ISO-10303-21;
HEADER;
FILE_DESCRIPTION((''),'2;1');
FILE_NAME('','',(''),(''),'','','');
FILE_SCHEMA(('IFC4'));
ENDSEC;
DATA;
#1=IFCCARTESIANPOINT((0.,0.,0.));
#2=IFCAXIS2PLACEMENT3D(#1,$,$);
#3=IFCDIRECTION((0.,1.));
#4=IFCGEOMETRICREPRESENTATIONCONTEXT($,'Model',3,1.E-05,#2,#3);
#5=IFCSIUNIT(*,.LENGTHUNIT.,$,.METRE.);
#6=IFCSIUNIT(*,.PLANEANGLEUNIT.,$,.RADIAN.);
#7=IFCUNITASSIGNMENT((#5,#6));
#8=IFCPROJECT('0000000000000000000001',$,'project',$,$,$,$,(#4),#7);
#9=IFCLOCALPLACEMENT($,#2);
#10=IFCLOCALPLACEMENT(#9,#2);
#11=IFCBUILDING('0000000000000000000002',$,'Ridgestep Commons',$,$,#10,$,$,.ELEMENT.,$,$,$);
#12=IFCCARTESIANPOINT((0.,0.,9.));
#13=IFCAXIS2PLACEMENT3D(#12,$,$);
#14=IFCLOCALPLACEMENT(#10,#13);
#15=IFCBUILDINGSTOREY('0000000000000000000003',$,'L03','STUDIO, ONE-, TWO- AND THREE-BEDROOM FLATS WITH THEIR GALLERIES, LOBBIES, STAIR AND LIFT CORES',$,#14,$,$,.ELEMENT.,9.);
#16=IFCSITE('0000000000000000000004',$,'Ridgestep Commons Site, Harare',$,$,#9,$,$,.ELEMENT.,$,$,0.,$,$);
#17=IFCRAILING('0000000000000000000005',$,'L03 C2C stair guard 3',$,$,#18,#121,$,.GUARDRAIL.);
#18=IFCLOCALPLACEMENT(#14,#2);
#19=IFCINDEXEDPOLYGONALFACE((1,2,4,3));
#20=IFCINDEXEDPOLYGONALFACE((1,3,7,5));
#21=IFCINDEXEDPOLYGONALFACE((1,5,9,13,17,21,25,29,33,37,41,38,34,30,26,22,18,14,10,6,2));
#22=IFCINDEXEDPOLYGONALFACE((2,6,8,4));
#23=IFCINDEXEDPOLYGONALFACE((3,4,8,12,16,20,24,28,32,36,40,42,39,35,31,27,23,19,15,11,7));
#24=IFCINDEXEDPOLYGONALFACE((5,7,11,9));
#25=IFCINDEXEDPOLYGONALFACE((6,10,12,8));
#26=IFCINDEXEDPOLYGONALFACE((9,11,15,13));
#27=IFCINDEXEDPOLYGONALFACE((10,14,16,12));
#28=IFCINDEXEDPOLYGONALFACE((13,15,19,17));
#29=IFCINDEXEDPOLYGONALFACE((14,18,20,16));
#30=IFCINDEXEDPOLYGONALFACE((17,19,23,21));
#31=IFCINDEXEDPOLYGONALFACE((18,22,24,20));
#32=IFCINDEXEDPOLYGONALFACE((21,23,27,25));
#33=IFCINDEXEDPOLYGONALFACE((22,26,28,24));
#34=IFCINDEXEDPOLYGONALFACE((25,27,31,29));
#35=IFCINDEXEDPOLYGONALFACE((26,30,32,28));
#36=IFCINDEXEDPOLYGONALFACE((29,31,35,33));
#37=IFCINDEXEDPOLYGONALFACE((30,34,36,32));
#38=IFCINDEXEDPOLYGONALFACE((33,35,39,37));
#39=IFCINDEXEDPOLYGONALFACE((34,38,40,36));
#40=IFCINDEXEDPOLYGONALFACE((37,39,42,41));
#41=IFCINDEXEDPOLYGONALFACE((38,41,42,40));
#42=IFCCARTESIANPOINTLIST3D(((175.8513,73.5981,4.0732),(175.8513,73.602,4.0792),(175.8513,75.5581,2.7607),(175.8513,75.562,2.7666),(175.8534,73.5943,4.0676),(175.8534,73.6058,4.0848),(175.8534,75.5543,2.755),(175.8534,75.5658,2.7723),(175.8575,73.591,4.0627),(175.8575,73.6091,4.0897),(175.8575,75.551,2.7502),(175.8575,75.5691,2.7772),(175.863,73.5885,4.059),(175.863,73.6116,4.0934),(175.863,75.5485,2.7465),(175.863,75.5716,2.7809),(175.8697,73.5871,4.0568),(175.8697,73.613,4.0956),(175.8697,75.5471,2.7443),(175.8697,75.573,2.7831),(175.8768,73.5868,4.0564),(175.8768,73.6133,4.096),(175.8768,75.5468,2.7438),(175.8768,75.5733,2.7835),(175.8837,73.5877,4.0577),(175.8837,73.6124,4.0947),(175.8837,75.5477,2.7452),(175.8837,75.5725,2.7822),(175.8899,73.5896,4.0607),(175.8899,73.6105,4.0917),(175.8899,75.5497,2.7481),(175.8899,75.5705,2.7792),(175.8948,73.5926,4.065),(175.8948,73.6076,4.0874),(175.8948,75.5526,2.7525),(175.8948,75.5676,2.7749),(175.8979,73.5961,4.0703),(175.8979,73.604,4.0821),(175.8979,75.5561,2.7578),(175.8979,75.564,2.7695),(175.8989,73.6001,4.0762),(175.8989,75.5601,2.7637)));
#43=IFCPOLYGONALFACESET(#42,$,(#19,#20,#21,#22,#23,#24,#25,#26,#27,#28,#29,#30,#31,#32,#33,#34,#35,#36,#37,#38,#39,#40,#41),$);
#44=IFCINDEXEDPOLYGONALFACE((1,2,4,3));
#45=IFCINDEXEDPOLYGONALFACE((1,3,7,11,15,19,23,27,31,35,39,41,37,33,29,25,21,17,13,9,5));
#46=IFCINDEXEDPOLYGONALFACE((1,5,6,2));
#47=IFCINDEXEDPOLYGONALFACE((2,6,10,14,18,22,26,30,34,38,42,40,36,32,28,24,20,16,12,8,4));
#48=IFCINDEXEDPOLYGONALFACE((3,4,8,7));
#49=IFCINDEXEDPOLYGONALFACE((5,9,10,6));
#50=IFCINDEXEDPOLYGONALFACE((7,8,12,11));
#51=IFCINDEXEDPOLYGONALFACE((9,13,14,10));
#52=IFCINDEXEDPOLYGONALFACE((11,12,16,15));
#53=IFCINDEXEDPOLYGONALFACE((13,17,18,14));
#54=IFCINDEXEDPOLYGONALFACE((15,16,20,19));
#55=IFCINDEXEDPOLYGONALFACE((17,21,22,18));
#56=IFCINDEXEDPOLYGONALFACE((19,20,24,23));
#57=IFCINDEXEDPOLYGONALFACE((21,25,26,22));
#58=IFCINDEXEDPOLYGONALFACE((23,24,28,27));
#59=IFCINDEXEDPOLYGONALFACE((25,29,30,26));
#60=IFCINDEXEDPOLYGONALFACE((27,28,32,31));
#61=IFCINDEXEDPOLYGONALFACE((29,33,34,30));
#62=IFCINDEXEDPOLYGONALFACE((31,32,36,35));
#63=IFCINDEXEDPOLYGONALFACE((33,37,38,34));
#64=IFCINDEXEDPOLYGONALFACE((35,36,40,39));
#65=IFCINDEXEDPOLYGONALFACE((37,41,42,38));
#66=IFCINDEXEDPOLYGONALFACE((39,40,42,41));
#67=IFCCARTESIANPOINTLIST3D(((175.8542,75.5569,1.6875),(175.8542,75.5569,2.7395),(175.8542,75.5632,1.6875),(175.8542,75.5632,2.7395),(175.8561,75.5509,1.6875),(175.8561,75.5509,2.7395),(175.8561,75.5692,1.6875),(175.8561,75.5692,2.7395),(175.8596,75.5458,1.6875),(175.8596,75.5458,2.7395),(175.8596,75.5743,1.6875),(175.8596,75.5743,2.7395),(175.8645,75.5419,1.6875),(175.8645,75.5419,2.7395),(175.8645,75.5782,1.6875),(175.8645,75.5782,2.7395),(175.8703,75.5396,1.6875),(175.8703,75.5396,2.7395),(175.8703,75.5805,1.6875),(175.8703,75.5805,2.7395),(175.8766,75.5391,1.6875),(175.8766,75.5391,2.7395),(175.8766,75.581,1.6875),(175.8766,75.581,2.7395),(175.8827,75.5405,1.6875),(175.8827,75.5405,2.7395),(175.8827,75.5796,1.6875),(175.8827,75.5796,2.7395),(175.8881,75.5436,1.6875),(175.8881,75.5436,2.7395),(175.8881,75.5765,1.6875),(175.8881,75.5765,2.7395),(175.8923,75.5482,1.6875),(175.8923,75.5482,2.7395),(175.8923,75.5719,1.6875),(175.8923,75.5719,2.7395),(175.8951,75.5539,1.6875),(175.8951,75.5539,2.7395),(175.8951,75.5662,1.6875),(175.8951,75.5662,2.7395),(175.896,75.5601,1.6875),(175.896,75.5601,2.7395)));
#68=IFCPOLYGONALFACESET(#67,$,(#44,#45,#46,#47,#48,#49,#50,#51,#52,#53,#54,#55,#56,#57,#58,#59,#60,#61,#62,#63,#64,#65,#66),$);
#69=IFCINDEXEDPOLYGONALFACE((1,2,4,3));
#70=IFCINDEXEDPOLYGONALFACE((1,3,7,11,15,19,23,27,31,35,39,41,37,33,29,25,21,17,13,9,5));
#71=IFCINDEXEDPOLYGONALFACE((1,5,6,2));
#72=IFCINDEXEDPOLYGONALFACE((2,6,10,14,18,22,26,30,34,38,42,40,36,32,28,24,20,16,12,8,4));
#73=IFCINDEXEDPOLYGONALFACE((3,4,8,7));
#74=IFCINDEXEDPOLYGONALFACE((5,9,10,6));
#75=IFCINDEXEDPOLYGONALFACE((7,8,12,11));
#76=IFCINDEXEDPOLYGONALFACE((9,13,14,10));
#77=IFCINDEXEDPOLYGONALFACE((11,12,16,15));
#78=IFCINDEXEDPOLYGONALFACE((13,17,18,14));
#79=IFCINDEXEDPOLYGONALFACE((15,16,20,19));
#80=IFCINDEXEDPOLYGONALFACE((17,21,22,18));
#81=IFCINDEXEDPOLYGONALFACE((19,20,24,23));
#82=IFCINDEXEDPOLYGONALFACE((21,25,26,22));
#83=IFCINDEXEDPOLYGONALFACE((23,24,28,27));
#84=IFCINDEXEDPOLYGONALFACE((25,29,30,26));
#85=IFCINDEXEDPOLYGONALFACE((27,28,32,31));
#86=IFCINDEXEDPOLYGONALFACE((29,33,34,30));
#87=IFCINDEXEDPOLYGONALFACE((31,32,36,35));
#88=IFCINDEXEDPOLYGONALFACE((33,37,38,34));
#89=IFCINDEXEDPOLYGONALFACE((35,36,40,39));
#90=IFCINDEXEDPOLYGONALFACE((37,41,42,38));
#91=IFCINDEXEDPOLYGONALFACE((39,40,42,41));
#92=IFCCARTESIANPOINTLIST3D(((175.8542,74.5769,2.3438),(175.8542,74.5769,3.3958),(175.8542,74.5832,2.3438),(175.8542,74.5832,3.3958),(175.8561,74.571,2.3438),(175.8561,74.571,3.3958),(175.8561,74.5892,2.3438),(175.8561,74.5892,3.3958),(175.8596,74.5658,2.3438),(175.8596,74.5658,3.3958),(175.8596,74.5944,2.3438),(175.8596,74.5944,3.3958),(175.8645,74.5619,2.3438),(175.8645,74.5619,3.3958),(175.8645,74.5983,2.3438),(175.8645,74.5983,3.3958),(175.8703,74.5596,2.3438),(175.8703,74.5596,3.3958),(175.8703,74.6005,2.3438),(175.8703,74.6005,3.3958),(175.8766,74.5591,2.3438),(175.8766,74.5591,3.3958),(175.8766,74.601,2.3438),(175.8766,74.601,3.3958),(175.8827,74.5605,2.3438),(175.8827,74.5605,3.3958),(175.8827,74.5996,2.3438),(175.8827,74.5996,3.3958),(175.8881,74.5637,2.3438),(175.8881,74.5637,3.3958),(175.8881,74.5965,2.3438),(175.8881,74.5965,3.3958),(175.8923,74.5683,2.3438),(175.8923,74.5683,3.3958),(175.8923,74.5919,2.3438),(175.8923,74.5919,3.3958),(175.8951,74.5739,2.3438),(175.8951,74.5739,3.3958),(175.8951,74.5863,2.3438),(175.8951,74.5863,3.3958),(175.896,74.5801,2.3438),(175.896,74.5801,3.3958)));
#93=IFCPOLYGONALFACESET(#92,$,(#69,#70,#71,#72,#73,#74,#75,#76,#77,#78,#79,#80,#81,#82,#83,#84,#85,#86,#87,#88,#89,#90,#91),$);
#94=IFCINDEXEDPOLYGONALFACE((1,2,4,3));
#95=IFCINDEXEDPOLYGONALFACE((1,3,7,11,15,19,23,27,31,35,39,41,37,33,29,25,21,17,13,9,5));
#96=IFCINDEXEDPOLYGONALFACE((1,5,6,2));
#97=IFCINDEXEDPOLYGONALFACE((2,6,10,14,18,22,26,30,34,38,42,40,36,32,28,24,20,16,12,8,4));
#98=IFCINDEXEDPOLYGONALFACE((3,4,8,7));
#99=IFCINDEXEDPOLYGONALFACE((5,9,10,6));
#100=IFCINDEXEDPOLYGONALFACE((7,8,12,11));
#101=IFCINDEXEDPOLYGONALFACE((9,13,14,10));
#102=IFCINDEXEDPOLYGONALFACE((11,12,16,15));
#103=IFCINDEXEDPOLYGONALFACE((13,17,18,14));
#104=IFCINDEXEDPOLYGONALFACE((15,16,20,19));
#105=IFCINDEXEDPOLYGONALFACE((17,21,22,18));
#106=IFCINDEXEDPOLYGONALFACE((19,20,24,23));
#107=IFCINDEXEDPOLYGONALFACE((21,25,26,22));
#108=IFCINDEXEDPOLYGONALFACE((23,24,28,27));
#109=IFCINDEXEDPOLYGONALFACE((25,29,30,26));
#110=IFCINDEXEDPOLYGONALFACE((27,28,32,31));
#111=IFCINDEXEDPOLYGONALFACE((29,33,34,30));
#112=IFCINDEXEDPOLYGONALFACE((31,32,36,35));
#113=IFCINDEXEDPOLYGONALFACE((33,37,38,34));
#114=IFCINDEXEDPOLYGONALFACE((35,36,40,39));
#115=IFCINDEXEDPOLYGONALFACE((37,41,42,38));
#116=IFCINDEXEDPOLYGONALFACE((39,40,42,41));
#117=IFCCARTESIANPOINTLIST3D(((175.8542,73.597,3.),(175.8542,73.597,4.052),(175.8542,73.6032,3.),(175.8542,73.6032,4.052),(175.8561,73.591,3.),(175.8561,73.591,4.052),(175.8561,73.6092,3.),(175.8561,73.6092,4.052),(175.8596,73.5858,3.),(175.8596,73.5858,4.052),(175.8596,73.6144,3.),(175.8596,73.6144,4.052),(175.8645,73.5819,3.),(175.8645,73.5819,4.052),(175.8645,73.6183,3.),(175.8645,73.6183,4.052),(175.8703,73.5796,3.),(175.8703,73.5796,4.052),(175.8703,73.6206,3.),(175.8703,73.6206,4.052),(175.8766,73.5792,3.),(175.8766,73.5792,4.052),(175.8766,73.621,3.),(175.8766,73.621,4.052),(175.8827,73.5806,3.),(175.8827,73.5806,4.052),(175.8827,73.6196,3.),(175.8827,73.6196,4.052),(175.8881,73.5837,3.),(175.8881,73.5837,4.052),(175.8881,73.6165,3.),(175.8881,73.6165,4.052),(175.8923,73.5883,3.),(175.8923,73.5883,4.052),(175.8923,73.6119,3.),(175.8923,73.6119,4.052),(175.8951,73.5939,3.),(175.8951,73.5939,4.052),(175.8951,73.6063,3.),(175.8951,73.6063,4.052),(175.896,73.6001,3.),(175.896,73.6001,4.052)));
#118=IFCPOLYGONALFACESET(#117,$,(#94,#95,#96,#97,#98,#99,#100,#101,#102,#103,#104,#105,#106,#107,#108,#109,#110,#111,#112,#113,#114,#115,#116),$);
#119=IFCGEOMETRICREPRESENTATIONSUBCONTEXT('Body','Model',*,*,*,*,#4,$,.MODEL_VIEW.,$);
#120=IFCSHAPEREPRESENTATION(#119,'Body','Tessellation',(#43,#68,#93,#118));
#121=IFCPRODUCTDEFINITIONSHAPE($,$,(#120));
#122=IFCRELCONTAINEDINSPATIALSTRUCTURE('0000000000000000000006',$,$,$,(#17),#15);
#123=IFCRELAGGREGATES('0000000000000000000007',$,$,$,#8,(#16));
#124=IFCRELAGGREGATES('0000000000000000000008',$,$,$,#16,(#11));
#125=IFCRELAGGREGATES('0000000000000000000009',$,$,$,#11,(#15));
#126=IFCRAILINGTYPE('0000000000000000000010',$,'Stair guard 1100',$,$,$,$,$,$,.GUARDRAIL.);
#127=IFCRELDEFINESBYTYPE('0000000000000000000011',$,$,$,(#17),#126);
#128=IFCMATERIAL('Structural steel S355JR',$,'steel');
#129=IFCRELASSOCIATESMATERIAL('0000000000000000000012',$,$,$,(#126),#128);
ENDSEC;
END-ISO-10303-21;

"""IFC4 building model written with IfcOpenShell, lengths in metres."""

from ifc_helpers import new_model, si_unit, direction, frame, origin, origin_2d, place, context, subcontext, project, spatial, circle, extrude, material, type_object, element, save


model = new_model("IFC4")

# Units and contexts
model_context = context("Model", 3, precision=1e-05, world=origin(), true_north=direction((0.0, 1.0)))
body_context = subcontext(model_context, "Body", "Model", "MODEL_VIEW")
ifc_project = project(units=[si_unit("LENGTHUNIT", "METRE"), si_unit("PLANEANGLEUNIT", "RADIAN")], contexts=[model_context])

# Site, building, storey
site_placement = place(None, origin())
site = spatial("IfcSite", under=ifc_project, at=site_placement, Name="Ridgestep Commons Site, Harare", CompositionType="ELEMENT", RefElevation=0.0)
building_placement = place(site_placement, origin())
building = spatial("IfcBuilding", under=site, at=building_placement, Name="Ridgestep Commons", CompositionType="ELEMENT")
storey_placement = place(building_placement, frame((0.0, 0.0, 9.0)))
storey = spatial("IfcBuildingStorey", under=building, at=storey_placement, Name="L03", Description="STUDIO, ONE-, TWO- AND THREE-BEDROOM FLATS WITH THEIR GALLERIES, LOBBIES, STAIR AND LIFT CORES", CompositionType="ELEMENT", Elevation=9.0)

# Railing
ifc_material_1 = material(Name="Structural steel S355JR", Category="steel")
railing_type = type_object("IfcRailingType", Name="Stair guard 1100", PredefinedType="GUARDRAIL", material=ifc_material_1)
railing_1_placement = place(storey_placement, frame((175.875, 75.5601, 1.6875)))
element("IfcRailing", 1, at=railing_1_placement, inside=storey, type_object=railing_type, Name="L03 C2C stair guard 3", PredefinedType="GUARDRAIL", context=body_context, shape_type="SweptSolid", body=[
    extrude(circle(Radius=0.0239, at=origin_2d()), frame((0.0, 0.0, 1.0762), z_axis=(0.0, -0.830902, 0.556419), x_axis=(1.0, 0.0, 0.0)), (0.0, 0.0, 1.0), 2.3589),
    extrude(circle(Radius=0.021, at=origin_2d()), origin(), (0.0, 0.0, 1.0), 1.052),
    extrude(circle(Radius=0.021, at=origin_2d()), frame((0.0, -0.98, 0.6562)), (0.0, 0.0, 1.0), 1.052),
    extrude(circle(Radius=0.021, at=origin_2d()), frame((0.0, -1.96, 1.3125)), (0.0, 0.0, 1.0), 1.052),
])

save(model, "model.ifc")
